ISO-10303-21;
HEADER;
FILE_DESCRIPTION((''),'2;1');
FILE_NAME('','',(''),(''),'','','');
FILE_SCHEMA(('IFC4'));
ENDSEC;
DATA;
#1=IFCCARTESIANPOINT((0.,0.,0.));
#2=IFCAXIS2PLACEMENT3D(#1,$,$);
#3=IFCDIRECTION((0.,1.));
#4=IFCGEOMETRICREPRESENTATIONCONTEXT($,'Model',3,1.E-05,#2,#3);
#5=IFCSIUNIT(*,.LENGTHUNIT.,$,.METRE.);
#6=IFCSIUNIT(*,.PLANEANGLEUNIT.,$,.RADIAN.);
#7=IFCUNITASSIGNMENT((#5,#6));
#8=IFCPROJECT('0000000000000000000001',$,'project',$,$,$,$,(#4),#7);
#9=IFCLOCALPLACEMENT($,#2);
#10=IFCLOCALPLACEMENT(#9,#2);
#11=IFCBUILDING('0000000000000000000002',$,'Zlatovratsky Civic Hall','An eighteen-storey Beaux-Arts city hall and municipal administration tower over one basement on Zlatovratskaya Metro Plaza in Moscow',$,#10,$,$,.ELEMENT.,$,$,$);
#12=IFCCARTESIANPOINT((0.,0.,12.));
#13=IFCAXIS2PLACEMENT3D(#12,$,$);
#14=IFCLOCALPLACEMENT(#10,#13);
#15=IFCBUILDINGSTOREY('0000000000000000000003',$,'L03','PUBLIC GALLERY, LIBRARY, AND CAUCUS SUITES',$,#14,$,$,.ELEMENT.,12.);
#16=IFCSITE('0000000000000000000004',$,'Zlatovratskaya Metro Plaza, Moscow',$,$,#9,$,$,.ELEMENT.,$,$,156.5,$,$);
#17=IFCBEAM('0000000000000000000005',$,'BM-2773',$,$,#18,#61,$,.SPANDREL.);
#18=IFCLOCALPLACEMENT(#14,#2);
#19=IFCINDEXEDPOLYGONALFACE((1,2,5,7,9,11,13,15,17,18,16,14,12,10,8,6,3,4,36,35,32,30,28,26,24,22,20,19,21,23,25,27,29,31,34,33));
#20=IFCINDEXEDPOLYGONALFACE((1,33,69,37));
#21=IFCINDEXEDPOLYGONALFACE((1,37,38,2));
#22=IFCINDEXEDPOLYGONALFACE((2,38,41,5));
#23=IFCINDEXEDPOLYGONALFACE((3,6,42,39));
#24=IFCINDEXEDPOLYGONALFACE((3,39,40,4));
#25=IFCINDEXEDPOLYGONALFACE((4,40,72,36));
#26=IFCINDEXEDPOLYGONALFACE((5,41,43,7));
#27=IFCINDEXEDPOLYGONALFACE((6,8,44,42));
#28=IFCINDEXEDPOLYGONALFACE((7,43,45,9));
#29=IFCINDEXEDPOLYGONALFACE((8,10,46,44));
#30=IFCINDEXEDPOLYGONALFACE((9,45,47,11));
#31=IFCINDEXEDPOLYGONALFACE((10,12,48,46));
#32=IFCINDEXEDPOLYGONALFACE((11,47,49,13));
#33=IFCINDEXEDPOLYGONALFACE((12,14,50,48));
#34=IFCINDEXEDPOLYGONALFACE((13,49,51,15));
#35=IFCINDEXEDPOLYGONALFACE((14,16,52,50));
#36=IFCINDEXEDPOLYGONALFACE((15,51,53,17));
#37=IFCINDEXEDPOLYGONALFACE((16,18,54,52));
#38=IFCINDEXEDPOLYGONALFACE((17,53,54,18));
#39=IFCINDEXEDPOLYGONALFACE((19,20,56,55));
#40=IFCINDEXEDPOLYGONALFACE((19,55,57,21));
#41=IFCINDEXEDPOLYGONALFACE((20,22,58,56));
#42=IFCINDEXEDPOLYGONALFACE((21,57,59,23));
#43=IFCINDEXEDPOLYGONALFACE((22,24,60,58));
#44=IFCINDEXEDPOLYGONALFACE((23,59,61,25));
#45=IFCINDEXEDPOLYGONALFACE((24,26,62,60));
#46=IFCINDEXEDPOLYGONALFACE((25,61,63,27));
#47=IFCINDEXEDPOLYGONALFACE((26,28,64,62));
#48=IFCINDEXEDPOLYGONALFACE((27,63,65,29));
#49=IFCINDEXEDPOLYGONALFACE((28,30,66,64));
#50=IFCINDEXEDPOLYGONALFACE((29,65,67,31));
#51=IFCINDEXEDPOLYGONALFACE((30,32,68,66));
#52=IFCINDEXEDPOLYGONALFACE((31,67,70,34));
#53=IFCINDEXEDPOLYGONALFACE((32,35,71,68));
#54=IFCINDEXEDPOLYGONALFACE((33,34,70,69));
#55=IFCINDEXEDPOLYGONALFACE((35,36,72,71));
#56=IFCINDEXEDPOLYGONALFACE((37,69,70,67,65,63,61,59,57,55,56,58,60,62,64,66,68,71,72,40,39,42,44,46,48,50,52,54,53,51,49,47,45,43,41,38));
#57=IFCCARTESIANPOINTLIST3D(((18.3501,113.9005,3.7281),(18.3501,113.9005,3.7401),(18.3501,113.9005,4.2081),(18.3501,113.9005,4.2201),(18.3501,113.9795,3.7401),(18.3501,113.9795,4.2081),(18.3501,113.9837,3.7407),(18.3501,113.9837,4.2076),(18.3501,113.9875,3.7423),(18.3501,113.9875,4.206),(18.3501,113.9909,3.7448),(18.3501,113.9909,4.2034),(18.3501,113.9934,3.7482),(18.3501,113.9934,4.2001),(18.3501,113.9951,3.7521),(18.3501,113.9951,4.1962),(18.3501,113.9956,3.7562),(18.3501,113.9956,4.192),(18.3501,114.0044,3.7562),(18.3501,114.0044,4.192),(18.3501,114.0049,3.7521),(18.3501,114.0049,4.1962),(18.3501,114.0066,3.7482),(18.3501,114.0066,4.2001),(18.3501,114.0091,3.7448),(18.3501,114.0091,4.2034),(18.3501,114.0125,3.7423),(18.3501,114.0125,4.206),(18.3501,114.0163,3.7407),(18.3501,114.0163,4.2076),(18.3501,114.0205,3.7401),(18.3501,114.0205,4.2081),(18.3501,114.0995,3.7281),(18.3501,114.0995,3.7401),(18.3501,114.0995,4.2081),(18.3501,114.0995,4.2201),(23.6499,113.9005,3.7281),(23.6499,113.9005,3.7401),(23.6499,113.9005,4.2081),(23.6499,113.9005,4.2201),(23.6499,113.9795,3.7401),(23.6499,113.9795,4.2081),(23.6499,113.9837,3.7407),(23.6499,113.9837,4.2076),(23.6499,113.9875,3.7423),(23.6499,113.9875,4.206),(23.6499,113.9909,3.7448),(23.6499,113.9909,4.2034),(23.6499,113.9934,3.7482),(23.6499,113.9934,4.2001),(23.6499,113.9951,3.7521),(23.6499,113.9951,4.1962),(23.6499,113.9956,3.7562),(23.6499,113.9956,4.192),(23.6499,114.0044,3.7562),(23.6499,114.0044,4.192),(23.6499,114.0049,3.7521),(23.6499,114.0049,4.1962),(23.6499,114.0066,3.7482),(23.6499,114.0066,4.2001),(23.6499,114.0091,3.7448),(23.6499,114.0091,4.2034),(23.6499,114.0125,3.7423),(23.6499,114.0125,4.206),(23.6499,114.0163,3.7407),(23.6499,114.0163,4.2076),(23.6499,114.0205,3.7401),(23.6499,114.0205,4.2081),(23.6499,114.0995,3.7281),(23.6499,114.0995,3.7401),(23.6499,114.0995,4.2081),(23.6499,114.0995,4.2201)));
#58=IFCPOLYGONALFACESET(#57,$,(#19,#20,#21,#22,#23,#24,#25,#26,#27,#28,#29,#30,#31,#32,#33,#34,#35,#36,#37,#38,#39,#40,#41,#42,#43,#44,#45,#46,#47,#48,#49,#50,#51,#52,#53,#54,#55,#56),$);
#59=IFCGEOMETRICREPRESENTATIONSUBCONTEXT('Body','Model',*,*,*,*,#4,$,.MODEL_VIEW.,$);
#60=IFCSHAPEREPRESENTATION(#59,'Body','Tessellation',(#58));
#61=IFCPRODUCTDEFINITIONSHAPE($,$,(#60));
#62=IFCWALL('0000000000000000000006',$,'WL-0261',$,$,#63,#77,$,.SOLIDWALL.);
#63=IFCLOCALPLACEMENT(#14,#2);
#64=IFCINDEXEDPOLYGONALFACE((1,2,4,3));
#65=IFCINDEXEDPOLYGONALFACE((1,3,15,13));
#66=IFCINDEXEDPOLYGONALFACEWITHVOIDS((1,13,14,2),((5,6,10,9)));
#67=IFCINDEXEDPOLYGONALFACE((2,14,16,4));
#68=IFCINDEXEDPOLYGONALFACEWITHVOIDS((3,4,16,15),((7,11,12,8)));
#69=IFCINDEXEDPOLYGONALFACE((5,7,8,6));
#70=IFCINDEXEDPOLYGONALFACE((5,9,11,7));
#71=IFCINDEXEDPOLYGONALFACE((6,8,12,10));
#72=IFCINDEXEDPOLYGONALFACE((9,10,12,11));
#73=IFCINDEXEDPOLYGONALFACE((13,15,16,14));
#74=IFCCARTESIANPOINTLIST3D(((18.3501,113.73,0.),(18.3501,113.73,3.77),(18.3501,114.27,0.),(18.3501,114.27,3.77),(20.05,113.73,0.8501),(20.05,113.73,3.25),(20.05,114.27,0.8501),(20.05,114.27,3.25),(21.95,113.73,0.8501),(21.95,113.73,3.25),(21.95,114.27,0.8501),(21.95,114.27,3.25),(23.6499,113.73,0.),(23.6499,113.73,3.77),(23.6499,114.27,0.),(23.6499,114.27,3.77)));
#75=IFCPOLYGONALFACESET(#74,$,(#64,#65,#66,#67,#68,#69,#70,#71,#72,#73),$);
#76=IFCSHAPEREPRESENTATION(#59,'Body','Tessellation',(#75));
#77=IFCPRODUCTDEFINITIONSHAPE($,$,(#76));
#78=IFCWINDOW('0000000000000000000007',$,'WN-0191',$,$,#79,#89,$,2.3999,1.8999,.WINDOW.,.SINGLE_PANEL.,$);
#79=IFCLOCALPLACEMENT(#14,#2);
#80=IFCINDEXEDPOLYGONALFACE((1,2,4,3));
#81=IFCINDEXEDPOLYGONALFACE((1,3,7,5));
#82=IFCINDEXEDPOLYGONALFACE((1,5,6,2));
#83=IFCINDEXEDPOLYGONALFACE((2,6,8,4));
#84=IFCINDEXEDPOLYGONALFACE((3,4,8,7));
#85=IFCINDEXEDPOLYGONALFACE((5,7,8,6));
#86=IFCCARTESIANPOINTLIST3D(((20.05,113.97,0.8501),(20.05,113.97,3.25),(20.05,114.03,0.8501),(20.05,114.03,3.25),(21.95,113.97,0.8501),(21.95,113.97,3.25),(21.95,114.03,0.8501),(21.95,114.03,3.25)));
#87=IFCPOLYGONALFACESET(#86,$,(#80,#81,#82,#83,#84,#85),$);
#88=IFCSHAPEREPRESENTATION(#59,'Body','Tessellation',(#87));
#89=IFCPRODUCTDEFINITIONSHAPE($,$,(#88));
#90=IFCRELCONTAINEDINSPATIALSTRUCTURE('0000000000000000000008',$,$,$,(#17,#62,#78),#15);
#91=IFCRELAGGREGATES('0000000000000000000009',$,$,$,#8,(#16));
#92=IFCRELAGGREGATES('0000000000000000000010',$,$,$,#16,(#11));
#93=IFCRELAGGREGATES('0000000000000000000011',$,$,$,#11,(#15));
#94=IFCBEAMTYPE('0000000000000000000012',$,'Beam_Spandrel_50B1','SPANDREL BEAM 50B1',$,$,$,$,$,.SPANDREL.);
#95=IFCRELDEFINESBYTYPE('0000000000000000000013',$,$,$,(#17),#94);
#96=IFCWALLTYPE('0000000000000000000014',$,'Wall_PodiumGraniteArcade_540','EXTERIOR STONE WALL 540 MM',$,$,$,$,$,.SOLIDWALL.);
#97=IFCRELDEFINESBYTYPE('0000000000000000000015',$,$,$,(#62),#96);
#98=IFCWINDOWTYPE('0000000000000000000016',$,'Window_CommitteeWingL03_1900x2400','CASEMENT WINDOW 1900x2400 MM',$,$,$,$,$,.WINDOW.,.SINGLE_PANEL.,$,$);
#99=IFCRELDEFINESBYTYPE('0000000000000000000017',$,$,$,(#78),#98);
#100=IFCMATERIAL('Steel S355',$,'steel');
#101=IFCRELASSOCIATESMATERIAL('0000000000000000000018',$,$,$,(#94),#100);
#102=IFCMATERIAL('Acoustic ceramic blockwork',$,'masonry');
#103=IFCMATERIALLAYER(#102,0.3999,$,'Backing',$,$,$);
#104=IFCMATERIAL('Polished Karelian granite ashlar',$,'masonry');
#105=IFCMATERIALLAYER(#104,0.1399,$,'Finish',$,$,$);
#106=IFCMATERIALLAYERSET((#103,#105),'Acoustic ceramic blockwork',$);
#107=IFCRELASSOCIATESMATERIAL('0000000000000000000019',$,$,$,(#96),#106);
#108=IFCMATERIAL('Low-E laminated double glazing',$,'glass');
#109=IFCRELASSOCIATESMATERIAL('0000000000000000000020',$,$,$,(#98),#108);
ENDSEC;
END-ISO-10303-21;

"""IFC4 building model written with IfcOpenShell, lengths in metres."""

from ifc_helpers import new_model, si_unit, direction, frame, frame_2d, origin, origin_2d, place, context, subcontext, project, spatial, rectangle, i_section, extrude, material, layer, layer_set, material_profile, profile_set, type_object, element, fill, save


model = new_model("IFC4")

# Units and contexts
model_context = context("Model", 3, precision=1e-05, world=origin(), true_north=direction((0.0, 1.0)))
body_context = subcontext(model_context, "Body", "Model", "MODEL_VIEW")
ifc_project = project(units=[si_unit("LENGTHUNIT", "METRE"), si_unit("PLANEANGLEUNIT", "RADIAN")], contexts=[model_context])

# Site, building, storey
site_placement = place(None, origin())
site = spatial("IfcSite", under=ifc_project, at=site_placement, Name="Zlatovratskaya Metro Plaza, Moscow", CompositionType="ELEMENT", RefElevation=156.5)
building_placement = place(site_placement, origin())
building = spatial("IfcBuilding", under=site, at=building_placement, Name="Zlatovratsky Civic Hall", Description="An eighteen-storey Beaux-Arts city hall and municipal administration tower over one basement on Zlatovratskaya Metro Plaza in Moscow", CompositionType="ELEMENT")
storey_placement = place(building_placement, frame((0.0, 0.0, 12.0)))
storey = spatial("IfcBuildingStorey", under=building, at=storey_placement, Name="L03", Description="PUBLIC GALLERY, LIBRARY, AND CAUCUS SUITES", CompositionType="ELEMENT", Elevation=12.0)

# Shared definitions
ifc_material_1 = material(Name="Steel S355", Category="steel")

# Beam
ifc_material_profile_1 = material_profile(ifc_material_1, i_section(OverallWidth=0.199, OverallDepth=0.4919, WebThickness=0.0088, FlangeThickness=0.012, FilletRadius=0.0161, at=origin_2d()), Name="50B1")
ifc_profile_set_1 = profile_set([ifc_material_profile_1], Name="Steel S355")
beam_type_1 = type_object("IfcBeamType", Name="Beam_Spandrel_50B1", Description="SPANDREL BEAM 50B1", PredefinedType="SPANDREL", material=ifc_profile_set_1)
beam_1_placement = place(storey_placement, frame((18.3501, 114.0, 3.9741), z_axis=(1.0, 0.0, 0.0), x_axis=(0.0, 1.0, 0.0)))
element("IfcBeam", 1, at=beam_1_placement, inside=storey, type_object=beam_type_1, Name="BM-2773", PredefinedType="SPANDREL", context=body_context, shape_type="SweptSolid", body=[
    extrude(i_section(OverallWidth=0.199, OverallDepth=0.4919, WebThickness=0.0088, FlangeThickness=0.012, FilletRadius=0.0161, at=origin_2d()), origin(), (0.0, 0.0, 1.0), 5.2998),
])

# Wall, opening, window
ifc_material_2 = material(Name="Acoustic ceramic blockwork", Category="masonry")
ifc_layer_1 = layer(ifc_material_2, 0.3999, Name="Backing")
ifc_material_3 = material(Name="Polished Karelian granite ashlar", Category="masonry")
ifc_layer_2 = layer(ifc_material_3, 0.1399, Name="Finish")
ifc_layer_set = layer_set([ifc_layer_1, ifc_layer_2], Name="Acoustic ceramic blockwork")
wall_type = type_object("IfcWallType", Name="Wall_PodiumGraniteArcade_540", Description="EXTERIOR STONE WALL 540 MM", PredefinedType="SOLIDWALL", material=ifc_layer_set)
wall_placement = place(storey_placement, frame((18.3501, 114.0, 0.0), z_axis=(0.0, 0.0, 1.0), x_axis=(1.0, 0.0, 0.0)))
wall = element("IfcWall", 2, at=wall_placement, inside=storey, type_object=wall_type, Name="WL-0261", PredefinedType="SOLIDWALL", context=body_context, shape_type="SweptSolid", body=[
    extrude(rectangle(XDim=5.2998, YDim=0.54, at=frame_2d((2.6499, 0.0))), origin(), (0.0, 0.0, 1.0), 3.77),
])
opening_placement = place(wall_placement, frame((1.7, 0.0, 0.8501)))
opening = element("IfcOpeningElement", 3, at=opening_placement, cuts=wall, PredefinedType="OPENING", context=body_context, shape_type="SweptSolid", body=[
    extrude(rectangle(XDim=1.8999, YDim=2.3999, at=frame_2d((0.95, 1.2))), frame((0.0, 0.2849, 0.0), z_axis=(0.0, -1.0, 0.0), x_axis=(1.0, 0.0, 0.0)), (0.0, 0.0, 1.0), 0.5698),
])
ifc_material_4 = material(Name="Low-E laminated double glazing", Category="glass")
window_type = type_object("IfcWindowType", Name="Window_CommitteeWingL03_1900x2400", Description="CASEMENT WINDOW 1900x2400 MM", PartitioningType="SINGLE_PANEL", PredefinedType="WINDOW", material=ifc_material_4)
window_placement = place(opening_placement, origin())
window = element("IfcWindow", 4, at=window_placement, inside=storey, type_object=window_type, Name="WN-0191", OverallHeight=2.3999, OverallWidth=1.8999, PartitioningType="SINGLE_PANEL", PredefinedType="WINDOW", context=body_context, shape_type="SweptSolid", body=[
    extrude(rectangle(XDim=1.8999, YDim=2.3999, at=frame_2d((0.95, 1.2))), frame((0.0, 0.03, 0.0), z_axis=(0.0, -1.0, 0.0), x_axis=(1.0, 0.0, 0.0)), (0.0, 0.0, 1.0), 0.0601),
])
fill(opening, window)

save(model, "model.ifc")
